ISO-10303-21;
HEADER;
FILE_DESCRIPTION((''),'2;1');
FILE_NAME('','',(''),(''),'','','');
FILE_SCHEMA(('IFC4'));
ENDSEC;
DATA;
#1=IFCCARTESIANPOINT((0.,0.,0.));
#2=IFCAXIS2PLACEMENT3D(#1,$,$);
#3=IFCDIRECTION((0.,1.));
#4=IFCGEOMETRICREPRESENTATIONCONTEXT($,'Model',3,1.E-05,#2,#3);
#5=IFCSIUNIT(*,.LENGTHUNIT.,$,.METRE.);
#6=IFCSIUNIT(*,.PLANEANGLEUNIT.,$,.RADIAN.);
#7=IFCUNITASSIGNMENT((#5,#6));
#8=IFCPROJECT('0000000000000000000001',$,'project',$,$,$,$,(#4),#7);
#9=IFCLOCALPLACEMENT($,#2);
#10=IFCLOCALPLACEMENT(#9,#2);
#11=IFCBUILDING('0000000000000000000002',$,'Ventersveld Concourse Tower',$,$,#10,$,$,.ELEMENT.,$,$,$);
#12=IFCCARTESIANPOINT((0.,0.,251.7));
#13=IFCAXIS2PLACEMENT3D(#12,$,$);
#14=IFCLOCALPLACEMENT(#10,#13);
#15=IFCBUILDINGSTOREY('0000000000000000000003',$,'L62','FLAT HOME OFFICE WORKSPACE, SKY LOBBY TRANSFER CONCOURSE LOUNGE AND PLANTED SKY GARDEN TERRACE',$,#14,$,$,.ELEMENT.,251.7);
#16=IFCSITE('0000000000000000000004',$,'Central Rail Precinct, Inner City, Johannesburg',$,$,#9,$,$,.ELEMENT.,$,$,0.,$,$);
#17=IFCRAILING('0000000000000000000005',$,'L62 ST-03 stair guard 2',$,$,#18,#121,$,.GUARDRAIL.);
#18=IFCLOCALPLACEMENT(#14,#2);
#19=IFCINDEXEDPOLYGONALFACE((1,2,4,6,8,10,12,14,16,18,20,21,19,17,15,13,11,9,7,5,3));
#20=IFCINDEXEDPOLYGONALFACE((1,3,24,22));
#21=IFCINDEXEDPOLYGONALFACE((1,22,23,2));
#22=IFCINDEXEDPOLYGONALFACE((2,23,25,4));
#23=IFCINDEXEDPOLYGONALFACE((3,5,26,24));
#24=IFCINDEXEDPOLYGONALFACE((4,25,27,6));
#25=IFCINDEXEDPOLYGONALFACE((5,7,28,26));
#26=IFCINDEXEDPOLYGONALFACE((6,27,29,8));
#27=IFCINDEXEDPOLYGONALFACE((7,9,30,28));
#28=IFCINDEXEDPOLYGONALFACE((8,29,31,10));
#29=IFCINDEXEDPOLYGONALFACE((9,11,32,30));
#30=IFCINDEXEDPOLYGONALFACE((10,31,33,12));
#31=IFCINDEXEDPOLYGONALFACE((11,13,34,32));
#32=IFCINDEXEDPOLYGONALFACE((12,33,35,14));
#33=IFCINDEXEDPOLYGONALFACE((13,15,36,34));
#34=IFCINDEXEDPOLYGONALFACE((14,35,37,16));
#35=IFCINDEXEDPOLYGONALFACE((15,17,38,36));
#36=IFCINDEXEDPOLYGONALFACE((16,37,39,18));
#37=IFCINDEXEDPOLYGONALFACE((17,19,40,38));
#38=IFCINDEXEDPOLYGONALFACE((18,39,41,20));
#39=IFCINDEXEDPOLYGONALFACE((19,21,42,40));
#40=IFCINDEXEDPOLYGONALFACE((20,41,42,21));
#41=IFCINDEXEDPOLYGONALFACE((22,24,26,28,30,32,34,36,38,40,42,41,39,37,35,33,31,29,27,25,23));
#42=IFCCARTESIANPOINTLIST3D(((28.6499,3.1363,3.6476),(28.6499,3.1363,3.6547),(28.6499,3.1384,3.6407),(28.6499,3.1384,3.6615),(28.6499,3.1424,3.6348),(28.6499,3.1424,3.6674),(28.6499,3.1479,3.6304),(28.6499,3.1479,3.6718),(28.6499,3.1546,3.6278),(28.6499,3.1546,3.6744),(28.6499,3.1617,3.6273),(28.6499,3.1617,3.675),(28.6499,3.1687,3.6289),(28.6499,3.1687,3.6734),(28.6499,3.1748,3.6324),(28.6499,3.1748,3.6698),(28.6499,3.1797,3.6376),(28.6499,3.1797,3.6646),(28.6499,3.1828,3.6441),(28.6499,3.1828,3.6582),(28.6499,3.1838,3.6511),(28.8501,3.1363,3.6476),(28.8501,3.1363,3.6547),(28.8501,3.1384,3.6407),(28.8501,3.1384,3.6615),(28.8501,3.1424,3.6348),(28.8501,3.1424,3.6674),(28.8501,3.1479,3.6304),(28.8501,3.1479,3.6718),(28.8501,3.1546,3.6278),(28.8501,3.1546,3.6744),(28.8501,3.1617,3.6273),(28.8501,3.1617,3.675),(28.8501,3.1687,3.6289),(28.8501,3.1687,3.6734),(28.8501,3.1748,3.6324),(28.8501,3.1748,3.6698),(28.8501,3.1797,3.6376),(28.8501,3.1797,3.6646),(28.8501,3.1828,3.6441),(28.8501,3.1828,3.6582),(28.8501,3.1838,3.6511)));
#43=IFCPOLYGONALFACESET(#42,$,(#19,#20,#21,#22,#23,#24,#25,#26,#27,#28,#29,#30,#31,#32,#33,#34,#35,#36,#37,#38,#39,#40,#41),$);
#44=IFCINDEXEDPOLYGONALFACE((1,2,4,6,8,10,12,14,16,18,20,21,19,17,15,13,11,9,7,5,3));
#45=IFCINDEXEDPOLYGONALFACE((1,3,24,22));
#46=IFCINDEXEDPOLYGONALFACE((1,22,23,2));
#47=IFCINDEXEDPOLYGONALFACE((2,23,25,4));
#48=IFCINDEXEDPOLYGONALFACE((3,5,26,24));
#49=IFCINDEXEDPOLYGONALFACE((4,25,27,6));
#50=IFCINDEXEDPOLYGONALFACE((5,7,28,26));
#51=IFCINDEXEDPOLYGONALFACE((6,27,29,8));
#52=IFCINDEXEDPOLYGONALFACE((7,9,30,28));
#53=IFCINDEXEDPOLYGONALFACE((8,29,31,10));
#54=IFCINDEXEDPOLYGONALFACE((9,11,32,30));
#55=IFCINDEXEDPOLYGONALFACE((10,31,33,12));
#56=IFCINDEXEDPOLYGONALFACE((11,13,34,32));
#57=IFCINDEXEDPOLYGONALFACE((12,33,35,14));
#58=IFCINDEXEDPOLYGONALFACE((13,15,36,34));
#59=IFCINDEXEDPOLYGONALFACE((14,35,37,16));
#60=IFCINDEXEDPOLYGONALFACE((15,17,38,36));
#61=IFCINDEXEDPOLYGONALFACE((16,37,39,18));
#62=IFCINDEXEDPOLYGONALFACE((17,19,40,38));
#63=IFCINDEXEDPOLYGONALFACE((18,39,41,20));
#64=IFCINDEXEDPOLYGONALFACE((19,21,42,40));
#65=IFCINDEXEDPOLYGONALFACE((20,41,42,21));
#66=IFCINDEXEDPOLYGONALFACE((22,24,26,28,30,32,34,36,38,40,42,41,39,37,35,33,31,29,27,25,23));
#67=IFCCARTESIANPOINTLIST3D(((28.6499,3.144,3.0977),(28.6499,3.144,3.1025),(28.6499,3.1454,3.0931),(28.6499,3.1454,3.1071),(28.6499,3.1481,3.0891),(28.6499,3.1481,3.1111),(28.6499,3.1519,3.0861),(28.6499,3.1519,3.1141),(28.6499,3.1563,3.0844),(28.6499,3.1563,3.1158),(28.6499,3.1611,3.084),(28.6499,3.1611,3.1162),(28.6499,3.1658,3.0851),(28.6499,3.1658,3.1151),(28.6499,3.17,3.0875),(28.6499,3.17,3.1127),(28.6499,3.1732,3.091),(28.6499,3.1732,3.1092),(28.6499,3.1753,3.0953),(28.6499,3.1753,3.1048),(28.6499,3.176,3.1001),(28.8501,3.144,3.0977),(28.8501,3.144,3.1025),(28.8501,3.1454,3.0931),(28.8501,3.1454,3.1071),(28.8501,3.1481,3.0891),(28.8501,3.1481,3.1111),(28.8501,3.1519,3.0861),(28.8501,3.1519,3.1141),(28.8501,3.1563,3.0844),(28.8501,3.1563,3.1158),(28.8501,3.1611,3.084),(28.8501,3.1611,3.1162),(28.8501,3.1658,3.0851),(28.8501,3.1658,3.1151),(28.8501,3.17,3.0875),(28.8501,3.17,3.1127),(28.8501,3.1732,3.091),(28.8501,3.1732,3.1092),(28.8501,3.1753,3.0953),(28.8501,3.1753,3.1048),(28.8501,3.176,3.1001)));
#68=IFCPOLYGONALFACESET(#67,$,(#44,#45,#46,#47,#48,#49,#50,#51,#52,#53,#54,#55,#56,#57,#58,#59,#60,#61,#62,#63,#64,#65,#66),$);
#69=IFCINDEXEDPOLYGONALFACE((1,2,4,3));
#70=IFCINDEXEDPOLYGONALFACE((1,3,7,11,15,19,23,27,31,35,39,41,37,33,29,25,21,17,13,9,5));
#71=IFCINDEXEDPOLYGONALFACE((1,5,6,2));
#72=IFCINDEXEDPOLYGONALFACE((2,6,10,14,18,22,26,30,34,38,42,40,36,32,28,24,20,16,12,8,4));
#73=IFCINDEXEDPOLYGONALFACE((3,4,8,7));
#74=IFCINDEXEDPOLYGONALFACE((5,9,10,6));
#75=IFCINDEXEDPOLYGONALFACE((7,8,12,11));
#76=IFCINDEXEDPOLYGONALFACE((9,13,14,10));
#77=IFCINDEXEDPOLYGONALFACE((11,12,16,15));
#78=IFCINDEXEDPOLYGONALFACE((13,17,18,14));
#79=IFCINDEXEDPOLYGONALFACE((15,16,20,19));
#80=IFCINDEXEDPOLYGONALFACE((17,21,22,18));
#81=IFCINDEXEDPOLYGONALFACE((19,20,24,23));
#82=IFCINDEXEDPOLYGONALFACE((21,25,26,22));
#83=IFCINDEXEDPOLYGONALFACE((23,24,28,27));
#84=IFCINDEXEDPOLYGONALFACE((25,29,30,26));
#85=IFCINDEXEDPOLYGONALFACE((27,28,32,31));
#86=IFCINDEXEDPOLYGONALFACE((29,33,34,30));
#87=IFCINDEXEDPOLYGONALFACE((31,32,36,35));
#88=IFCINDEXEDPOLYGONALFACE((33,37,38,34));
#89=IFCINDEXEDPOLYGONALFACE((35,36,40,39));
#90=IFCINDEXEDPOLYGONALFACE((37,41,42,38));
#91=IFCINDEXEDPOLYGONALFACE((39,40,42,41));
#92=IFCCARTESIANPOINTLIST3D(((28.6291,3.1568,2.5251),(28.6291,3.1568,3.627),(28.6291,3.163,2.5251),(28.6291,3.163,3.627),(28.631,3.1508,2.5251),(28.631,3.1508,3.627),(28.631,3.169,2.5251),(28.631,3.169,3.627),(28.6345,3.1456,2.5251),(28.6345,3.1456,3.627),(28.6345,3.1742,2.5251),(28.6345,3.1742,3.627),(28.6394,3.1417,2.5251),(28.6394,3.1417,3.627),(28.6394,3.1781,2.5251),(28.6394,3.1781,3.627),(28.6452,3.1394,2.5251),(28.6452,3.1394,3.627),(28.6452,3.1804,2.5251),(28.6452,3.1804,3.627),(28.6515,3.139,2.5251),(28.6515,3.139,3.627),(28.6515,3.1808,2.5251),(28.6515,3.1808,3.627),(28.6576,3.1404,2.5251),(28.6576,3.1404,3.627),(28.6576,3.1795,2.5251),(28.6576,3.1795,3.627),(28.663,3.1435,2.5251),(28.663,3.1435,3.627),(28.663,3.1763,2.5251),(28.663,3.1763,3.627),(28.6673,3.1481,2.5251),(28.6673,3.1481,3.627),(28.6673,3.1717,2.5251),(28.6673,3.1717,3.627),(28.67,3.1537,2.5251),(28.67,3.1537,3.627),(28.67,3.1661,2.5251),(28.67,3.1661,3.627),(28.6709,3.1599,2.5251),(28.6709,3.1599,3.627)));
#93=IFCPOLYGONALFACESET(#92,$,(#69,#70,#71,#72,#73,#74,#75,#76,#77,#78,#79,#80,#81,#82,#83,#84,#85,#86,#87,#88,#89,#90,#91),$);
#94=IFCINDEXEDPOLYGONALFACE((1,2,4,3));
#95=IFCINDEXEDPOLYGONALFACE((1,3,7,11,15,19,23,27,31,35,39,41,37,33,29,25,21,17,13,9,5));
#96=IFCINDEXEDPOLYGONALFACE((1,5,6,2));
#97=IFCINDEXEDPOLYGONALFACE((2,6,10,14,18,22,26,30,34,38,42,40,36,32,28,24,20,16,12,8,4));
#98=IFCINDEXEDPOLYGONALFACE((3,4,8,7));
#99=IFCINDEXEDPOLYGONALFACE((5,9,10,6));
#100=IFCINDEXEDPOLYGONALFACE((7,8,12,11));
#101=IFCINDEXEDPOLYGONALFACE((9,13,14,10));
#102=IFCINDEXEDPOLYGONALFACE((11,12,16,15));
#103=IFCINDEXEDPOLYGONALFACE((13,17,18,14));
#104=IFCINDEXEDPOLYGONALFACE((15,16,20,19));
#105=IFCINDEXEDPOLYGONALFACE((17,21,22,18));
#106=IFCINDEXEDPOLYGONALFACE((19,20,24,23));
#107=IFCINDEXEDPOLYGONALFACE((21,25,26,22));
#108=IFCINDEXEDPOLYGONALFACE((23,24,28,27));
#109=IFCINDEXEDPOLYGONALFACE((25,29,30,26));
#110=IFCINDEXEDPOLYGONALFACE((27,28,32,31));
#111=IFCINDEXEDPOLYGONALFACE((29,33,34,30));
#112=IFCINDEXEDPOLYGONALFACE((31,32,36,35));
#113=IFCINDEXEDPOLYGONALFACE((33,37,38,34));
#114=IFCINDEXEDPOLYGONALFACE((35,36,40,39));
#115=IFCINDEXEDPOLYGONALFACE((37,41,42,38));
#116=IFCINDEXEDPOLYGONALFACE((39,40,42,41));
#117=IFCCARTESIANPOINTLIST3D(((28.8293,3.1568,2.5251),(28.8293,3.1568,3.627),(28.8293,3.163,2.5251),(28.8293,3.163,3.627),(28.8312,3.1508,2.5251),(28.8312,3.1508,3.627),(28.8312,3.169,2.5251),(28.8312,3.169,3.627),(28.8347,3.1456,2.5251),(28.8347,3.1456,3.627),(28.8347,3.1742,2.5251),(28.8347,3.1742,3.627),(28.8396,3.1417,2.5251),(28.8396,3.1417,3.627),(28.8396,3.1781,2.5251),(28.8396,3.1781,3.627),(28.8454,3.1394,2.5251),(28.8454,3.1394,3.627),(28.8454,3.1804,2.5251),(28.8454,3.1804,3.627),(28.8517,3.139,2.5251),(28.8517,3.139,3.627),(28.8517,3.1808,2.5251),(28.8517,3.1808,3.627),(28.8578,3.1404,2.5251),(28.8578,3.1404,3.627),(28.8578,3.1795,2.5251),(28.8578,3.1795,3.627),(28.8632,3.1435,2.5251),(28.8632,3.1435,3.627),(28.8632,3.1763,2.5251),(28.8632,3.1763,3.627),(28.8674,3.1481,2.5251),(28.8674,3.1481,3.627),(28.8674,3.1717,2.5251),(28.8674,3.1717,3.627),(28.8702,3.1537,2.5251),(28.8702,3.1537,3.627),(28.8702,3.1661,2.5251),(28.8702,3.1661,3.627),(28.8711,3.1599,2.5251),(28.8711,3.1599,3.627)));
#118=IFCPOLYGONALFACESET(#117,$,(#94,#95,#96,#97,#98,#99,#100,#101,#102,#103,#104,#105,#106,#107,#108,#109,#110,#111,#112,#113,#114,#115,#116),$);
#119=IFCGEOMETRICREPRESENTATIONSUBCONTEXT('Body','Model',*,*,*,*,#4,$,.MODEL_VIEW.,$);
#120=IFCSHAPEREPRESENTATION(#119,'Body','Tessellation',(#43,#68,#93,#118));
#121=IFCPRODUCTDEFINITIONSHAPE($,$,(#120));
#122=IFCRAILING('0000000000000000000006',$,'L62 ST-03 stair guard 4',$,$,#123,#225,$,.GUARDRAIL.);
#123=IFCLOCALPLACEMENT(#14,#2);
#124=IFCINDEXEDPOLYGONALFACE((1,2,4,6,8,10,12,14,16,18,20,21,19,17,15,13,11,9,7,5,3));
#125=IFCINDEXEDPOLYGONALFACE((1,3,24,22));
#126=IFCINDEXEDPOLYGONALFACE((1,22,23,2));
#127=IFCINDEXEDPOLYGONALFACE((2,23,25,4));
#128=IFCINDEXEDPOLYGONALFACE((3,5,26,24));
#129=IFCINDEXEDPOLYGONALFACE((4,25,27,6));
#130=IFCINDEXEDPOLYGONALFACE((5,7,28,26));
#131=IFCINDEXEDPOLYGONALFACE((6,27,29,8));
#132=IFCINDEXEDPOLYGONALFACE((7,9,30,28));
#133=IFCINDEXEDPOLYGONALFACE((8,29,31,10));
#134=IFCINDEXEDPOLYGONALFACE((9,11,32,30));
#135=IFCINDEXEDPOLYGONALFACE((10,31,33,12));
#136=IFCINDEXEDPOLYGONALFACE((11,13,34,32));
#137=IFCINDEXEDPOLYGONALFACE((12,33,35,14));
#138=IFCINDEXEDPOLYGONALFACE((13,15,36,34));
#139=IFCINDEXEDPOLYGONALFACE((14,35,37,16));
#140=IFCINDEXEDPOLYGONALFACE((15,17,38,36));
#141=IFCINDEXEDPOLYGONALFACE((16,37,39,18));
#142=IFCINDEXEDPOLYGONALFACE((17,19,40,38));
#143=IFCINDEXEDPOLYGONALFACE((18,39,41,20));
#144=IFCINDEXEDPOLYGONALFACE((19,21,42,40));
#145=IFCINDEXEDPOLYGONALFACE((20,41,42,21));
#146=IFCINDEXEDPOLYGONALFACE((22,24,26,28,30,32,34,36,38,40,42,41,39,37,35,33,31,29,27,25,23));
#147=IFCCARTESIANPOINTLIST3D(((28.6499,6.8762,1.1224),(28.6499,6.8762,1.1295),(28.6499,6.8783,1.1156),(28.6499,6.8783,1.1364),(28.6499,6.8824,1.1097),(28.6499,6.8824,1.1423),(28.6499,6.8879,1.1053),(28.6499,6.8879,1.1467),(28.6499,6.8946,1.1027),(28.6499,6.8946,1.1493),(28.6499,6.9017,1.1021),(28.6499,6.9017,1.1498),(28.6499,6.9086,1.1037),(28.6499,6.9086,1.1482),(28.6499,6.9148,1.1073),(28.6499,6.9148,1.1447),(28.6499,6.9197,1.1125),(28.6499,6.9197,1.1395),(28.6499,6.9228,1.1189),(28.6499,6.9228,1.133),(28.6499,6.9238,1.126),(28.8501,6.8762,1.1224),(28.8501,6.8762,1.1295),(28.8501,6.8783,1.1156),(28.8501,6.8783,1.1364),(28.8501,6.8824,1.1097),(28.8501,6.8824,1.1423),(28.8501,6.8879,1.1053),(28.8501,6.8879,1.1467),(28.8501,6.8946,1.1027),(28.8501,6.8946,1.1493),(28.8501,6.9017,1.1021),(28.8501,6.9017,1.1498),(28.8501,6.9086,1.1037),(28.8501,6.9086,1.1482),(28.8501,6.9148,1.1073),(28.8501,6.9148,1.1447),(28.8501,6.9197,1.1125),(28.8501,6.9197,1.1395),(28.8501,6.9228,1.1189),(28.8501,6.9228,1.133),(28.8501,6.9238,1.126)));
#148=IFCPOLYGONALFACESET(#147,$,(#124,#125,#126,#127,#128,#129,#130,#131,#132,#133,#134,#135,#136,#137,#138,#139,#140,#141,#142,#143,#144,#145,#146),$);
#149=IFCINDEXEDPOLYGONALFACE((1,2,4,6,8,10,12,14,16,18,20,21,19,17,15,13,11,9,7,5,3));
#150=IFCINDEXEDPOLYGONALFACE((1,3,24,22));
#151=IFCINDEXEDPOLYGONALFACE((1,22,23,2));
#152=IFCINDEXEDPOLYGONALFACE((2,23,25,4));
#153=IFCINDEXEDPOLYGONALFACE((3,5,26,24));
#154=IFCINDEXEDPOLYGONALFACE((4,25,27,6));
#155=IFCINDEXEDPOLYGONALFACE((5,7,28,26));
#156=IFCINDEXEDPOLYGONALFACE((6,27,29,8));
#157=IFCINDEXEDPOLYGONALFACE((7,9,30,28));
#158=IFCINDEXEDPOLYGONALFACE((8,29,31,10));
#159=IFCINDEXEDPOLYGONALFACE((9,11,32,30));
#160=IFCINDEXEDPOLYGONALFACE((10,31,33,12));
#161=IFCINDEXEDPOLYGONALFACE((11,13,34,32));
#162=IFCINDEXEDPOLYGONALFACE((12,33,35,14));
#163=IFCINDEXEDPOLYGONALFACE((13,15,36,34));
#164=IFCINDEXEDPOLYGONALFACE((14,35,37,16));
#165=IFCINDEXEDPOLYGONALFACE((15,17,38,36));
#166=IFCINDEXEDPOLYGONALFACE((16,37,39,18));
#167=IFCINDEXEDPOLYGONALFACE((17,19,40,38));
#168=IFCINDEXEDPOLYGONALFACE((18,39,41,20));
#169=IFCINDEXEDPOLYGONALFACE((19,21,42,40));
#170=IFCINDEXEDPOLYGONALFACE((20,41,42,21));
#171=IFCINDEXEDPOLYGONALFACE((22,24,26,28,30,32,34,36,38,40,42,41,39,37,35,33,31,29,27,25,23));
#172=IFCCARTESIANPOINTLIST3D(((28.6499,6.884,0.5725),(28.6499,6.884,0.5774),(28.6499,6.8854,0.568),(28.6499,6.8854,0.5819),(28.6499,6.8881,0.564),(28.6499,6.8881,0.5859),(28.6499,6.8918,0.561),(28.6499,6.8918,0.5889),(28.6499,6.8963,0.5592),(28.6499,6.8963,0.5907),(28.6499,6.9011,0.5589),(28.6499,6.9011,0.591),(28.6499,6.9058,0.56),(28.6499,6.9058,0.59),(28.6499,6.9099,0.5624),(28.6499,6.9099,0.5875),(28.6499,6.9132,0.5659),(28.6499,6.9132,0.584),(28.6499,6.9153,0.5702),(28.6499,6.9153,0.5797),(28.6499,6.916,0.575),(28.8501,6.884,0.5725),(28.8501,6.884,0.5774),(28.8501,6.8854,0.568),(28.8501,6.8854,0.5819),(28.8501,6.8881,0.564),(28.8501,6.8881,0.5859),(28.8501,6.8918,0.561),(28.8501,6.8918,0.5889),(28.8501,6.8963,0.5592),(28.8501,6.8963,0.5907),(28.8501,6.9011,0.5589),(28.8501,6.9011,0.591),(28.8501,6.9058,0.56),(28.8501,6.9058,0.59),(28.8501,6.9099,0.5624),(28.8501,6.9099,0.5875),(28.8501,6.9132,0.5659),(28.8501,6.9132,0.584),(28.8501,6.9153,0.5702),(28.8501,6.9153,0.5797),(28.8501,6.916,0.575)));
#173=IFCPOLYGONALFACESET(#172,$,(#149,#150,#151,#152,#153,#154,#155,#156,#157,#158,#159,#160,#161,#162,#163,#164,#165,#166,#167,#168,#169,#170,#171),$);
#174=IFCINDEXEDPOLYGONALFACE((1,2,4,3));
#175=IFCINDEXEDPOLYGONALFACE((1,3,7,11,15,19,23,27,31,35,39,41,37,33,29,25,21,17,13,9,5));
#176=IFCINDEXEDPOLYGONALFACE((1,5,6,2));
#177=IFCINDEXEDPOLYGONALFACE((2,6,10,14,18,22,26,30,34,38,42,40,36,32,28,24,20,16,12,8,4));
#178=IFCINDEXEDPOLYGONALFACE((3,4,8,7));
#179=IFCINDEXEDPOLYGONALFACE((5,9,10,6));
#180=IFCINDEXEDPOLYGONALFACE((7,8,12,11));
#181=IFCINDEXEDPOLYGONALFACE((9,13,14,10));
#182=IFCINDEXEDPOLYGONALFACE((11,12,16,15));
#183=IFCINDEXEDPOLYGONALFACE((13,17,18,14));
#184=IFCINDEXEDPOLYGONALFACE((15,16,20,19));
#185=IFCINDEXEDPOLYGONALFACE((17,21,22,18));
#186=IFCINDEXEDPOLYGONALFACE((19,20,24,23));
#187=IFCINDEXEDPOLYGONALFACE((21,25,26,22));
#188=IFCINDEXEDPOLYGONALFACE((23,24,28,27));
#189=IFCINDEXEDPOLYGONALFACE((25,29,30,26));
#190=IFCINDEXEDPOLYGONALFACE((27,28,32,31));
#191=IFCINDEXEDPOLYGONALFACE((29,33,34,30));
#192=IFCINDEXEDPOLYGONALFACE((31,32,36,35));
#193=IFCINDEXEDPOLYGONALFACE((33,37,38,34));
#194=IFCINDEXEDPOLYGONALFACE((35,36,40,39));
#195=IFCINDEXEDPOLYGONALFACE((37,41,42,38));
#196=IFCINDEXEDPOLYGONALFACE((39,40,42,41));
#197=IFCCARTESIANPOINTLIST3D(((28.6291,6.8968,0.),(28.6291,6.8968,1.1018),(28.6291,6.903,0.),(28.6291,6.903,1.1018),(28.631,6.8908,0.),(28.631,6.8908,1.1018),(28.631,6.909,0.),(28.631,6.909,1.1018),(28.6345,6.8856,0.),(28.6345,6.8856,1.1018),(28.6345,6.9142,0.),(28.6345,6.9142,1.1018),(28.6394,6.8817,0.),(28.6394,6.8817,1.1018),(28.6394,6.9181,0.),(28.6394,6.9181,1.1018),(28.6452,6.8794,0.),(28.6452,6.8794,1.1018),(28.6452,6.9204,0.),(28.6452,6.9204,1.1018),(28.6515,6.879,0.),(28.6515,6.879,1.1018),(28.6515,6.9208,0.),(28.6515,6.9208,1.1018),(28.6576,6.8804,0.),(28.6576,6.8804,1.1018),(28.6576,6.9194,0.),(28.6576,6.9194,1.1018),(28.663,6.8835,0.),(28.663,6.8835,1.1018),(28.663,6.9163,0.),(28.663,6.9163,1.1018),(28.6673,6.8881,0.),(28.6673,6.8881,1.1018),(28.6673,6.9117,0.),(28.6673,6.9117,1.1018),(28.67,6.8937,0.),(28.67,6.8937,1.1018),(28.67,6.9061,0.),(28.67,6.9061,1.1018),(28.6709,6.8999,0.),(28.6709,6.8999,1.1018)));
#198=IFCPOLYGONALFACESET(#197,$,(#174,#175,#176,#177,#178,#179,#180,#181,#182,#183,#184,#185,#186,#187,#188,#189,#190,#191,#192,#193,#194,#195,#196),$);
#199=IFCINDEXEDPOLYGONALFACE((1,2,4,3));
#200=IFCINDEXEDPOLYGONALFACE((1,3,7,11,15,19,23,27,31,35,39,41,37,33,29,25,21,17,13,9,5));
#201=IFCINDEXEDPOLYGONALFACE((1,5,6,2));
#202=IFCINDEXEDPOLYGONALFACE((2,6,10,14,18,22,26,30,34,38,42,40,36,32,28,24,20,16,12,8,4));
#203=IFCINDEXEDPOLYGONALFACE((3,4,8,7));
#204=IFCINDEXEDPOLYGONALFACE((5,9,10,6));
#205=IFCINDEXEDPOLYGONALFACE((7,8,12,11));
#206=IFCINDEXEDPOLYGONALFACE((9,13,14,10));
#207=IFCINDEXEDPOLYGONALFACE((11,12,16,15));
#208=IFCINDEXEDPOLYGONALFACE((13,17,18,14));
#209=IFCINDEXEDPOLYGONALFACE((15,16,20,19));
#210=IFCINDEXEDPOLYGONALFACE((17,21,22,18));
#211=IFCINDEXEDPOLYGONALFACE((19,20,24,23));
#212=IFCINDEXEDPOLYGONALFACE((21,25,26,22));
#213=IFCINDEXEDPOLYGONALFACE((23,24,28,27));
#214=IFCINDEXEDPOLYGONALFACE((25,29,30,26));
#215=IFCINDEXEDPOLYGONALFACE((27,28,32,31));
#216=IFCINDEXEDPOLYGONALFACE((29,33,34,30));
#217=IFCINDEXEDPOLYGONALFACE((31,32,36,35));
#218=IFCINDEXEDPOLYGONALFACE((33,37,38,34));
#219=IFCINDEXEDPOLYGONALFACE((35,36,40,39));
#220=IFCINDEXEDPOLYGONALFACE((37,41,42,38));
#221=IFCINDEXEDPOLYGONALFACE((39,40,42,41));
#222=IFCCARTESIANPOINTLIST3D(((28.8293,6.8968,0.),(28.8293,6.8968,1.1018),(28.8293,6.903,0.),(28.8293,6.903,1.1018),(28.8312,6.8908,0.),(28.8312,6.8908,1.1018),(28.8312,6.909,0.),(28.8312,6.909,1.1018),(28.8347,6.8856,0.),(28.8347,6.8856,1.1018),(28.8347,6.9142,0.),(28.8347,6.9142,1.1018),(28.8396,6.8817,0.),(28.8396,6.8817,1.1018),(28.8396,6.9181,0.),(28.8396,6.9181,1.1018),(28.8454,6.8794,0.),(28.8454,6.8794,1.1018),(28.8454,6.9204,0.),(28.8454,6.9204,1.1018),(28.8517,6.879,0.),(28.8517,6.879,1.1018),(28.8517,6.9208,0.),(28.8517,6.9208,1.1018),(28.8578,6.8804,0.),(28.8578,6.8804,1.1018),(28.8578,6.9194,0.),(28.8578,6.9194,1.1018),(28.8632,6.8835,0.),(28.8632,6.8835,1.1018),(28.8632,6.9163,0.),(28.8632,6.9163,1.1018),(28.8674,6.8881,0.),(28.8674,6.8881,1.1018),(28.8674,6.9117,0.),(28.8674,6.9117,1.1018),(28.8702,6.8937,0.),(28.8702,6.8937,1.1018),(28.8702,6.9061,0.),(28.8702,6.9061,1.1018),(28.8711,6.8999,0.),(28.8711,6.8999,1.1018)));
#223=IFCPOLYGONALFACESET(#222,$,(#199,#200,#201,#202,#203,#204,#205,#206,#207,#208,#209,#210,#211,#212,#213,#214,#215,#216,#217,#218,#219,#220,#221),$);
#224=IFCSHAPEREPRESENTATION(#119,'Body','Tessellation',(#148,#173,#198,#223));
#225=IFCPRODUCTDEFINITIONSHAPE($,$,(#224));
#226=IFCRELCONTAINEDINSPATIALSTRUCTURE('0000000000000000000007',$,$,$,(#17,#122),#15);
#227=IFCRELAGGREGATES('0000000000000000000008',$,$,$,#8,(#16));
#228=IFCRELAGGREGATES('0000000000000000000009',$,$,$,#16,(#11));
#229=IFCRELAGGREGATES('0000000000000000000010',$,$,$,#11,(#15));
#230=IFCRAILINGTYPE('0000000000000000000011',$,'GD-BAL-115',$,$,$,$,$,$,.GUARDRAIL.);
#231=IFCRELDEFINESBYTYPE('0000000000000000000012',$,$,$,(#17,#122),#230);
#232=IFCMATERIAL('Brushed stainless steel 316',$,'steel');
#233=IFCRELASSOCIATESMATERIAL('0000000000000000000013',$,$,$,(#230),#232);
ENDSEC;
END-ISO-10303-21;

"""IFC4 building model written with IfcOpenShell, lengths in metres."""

from ifc_helpers import new_model, si_unit, direction, frame, origin, origin_2d, place, context, subcontext, project, spatial, circle, extrude, material, type_object, element, save


model = new_model("IFC4")

# Units and contexts
model_context = context("Model", 3, precision=1e-05, world=origin(), true_north=direction((0.0, 1.0)))
body_context = subcontext(model_context, "Body", "Model", "MODEL_VIEW")
ifc_project = project(units=[si_unit("LENGTHUNIT", "METRE"), si_unit("PLANEANGLEUNIT", "RADIAN")], contexts=[model_context])

# Site, building, storey
site_placement = place(None, origin())
site = spatial("IfcSite", under=ifc_project, at=site_placement, Name="Central Rail Precinct, Inner City, Johannesburg", CompositionType="ELEMENT", RefElevation=0.0)
building_placement = place(site_placement, origin())
building = spatial("IfcBuilding", under=site, at=building_placement, Name="Ventersveld Concourse Tower", CompositionType="ELEMENT")
storey_placement = place(building_placement, frame((0.0, 0.0, 251.7)))
storey = spatial("IfcBuildingStorey", under=building, at=storey_placement, Name="L62", Description="FLAT HOME OFFICE WORKSPACE, SKY LOBBY TRANSFER CONCOURSE LOUNGE AND PLANTED SKY GARDEN TERRACE", CompositionType="ELEMENT", Elevation=251.7)

# Shared definitions
ifc_material_1 = material(Name="Brushed stainless steel 316", Category="steel")

# Railings
railing_type_1 = type_object("IfcRailingType", Name="GD-BAL-115", PredefinedType="GUARDRAIL", material=ifc_material_1)
for number, where, name in (
    (1, (28.6499, 3.1599, 2.5251), "L62 ST-03 stair guard 2"),
    (2, (28.6499, 6.8999, 0.0), "L62 ST-03 stair guard 4"),
):
    element("IfcRailing", number, at=place(storey_placement, frame(where)), inside=storey, type_object=railing_type_1, Name=name, PredefinedType="GUARDRAIL", context=body_context, shape_type="SweptSolid", body=[
        extrude(circle(Radius=0.0239, at=origin_2d()), frame((0.0, 0.0, 1.126), z_axis=(1.0, 0.0, 0.0), x_axis=(0.0, 1.0, 0.0)), (0.0, 0.0, 1.0), 0.2002),
        extrude(circle(Radius=0.0161, at=origin_2d()), frame((0.0, 0.0, 0.575), z_axis=(1.0, 0.0, 0.0), x_axis=(0.0, 1.0, 0.0)), (0.0, 0.0, 1.0), 0.2002),
        extrude(circle(Radius=0.021, at=origin_2d()), origin(), (0.0, 0.0, 1.0), 1.1018),
        extrude(circle(Radius=0.021, at=origin_2d()), frame((0.2002, 0.0, 0.0)), (0.0, 0.0, 1.0), 1.1018),
    ])

save(model, "model.ifc")
